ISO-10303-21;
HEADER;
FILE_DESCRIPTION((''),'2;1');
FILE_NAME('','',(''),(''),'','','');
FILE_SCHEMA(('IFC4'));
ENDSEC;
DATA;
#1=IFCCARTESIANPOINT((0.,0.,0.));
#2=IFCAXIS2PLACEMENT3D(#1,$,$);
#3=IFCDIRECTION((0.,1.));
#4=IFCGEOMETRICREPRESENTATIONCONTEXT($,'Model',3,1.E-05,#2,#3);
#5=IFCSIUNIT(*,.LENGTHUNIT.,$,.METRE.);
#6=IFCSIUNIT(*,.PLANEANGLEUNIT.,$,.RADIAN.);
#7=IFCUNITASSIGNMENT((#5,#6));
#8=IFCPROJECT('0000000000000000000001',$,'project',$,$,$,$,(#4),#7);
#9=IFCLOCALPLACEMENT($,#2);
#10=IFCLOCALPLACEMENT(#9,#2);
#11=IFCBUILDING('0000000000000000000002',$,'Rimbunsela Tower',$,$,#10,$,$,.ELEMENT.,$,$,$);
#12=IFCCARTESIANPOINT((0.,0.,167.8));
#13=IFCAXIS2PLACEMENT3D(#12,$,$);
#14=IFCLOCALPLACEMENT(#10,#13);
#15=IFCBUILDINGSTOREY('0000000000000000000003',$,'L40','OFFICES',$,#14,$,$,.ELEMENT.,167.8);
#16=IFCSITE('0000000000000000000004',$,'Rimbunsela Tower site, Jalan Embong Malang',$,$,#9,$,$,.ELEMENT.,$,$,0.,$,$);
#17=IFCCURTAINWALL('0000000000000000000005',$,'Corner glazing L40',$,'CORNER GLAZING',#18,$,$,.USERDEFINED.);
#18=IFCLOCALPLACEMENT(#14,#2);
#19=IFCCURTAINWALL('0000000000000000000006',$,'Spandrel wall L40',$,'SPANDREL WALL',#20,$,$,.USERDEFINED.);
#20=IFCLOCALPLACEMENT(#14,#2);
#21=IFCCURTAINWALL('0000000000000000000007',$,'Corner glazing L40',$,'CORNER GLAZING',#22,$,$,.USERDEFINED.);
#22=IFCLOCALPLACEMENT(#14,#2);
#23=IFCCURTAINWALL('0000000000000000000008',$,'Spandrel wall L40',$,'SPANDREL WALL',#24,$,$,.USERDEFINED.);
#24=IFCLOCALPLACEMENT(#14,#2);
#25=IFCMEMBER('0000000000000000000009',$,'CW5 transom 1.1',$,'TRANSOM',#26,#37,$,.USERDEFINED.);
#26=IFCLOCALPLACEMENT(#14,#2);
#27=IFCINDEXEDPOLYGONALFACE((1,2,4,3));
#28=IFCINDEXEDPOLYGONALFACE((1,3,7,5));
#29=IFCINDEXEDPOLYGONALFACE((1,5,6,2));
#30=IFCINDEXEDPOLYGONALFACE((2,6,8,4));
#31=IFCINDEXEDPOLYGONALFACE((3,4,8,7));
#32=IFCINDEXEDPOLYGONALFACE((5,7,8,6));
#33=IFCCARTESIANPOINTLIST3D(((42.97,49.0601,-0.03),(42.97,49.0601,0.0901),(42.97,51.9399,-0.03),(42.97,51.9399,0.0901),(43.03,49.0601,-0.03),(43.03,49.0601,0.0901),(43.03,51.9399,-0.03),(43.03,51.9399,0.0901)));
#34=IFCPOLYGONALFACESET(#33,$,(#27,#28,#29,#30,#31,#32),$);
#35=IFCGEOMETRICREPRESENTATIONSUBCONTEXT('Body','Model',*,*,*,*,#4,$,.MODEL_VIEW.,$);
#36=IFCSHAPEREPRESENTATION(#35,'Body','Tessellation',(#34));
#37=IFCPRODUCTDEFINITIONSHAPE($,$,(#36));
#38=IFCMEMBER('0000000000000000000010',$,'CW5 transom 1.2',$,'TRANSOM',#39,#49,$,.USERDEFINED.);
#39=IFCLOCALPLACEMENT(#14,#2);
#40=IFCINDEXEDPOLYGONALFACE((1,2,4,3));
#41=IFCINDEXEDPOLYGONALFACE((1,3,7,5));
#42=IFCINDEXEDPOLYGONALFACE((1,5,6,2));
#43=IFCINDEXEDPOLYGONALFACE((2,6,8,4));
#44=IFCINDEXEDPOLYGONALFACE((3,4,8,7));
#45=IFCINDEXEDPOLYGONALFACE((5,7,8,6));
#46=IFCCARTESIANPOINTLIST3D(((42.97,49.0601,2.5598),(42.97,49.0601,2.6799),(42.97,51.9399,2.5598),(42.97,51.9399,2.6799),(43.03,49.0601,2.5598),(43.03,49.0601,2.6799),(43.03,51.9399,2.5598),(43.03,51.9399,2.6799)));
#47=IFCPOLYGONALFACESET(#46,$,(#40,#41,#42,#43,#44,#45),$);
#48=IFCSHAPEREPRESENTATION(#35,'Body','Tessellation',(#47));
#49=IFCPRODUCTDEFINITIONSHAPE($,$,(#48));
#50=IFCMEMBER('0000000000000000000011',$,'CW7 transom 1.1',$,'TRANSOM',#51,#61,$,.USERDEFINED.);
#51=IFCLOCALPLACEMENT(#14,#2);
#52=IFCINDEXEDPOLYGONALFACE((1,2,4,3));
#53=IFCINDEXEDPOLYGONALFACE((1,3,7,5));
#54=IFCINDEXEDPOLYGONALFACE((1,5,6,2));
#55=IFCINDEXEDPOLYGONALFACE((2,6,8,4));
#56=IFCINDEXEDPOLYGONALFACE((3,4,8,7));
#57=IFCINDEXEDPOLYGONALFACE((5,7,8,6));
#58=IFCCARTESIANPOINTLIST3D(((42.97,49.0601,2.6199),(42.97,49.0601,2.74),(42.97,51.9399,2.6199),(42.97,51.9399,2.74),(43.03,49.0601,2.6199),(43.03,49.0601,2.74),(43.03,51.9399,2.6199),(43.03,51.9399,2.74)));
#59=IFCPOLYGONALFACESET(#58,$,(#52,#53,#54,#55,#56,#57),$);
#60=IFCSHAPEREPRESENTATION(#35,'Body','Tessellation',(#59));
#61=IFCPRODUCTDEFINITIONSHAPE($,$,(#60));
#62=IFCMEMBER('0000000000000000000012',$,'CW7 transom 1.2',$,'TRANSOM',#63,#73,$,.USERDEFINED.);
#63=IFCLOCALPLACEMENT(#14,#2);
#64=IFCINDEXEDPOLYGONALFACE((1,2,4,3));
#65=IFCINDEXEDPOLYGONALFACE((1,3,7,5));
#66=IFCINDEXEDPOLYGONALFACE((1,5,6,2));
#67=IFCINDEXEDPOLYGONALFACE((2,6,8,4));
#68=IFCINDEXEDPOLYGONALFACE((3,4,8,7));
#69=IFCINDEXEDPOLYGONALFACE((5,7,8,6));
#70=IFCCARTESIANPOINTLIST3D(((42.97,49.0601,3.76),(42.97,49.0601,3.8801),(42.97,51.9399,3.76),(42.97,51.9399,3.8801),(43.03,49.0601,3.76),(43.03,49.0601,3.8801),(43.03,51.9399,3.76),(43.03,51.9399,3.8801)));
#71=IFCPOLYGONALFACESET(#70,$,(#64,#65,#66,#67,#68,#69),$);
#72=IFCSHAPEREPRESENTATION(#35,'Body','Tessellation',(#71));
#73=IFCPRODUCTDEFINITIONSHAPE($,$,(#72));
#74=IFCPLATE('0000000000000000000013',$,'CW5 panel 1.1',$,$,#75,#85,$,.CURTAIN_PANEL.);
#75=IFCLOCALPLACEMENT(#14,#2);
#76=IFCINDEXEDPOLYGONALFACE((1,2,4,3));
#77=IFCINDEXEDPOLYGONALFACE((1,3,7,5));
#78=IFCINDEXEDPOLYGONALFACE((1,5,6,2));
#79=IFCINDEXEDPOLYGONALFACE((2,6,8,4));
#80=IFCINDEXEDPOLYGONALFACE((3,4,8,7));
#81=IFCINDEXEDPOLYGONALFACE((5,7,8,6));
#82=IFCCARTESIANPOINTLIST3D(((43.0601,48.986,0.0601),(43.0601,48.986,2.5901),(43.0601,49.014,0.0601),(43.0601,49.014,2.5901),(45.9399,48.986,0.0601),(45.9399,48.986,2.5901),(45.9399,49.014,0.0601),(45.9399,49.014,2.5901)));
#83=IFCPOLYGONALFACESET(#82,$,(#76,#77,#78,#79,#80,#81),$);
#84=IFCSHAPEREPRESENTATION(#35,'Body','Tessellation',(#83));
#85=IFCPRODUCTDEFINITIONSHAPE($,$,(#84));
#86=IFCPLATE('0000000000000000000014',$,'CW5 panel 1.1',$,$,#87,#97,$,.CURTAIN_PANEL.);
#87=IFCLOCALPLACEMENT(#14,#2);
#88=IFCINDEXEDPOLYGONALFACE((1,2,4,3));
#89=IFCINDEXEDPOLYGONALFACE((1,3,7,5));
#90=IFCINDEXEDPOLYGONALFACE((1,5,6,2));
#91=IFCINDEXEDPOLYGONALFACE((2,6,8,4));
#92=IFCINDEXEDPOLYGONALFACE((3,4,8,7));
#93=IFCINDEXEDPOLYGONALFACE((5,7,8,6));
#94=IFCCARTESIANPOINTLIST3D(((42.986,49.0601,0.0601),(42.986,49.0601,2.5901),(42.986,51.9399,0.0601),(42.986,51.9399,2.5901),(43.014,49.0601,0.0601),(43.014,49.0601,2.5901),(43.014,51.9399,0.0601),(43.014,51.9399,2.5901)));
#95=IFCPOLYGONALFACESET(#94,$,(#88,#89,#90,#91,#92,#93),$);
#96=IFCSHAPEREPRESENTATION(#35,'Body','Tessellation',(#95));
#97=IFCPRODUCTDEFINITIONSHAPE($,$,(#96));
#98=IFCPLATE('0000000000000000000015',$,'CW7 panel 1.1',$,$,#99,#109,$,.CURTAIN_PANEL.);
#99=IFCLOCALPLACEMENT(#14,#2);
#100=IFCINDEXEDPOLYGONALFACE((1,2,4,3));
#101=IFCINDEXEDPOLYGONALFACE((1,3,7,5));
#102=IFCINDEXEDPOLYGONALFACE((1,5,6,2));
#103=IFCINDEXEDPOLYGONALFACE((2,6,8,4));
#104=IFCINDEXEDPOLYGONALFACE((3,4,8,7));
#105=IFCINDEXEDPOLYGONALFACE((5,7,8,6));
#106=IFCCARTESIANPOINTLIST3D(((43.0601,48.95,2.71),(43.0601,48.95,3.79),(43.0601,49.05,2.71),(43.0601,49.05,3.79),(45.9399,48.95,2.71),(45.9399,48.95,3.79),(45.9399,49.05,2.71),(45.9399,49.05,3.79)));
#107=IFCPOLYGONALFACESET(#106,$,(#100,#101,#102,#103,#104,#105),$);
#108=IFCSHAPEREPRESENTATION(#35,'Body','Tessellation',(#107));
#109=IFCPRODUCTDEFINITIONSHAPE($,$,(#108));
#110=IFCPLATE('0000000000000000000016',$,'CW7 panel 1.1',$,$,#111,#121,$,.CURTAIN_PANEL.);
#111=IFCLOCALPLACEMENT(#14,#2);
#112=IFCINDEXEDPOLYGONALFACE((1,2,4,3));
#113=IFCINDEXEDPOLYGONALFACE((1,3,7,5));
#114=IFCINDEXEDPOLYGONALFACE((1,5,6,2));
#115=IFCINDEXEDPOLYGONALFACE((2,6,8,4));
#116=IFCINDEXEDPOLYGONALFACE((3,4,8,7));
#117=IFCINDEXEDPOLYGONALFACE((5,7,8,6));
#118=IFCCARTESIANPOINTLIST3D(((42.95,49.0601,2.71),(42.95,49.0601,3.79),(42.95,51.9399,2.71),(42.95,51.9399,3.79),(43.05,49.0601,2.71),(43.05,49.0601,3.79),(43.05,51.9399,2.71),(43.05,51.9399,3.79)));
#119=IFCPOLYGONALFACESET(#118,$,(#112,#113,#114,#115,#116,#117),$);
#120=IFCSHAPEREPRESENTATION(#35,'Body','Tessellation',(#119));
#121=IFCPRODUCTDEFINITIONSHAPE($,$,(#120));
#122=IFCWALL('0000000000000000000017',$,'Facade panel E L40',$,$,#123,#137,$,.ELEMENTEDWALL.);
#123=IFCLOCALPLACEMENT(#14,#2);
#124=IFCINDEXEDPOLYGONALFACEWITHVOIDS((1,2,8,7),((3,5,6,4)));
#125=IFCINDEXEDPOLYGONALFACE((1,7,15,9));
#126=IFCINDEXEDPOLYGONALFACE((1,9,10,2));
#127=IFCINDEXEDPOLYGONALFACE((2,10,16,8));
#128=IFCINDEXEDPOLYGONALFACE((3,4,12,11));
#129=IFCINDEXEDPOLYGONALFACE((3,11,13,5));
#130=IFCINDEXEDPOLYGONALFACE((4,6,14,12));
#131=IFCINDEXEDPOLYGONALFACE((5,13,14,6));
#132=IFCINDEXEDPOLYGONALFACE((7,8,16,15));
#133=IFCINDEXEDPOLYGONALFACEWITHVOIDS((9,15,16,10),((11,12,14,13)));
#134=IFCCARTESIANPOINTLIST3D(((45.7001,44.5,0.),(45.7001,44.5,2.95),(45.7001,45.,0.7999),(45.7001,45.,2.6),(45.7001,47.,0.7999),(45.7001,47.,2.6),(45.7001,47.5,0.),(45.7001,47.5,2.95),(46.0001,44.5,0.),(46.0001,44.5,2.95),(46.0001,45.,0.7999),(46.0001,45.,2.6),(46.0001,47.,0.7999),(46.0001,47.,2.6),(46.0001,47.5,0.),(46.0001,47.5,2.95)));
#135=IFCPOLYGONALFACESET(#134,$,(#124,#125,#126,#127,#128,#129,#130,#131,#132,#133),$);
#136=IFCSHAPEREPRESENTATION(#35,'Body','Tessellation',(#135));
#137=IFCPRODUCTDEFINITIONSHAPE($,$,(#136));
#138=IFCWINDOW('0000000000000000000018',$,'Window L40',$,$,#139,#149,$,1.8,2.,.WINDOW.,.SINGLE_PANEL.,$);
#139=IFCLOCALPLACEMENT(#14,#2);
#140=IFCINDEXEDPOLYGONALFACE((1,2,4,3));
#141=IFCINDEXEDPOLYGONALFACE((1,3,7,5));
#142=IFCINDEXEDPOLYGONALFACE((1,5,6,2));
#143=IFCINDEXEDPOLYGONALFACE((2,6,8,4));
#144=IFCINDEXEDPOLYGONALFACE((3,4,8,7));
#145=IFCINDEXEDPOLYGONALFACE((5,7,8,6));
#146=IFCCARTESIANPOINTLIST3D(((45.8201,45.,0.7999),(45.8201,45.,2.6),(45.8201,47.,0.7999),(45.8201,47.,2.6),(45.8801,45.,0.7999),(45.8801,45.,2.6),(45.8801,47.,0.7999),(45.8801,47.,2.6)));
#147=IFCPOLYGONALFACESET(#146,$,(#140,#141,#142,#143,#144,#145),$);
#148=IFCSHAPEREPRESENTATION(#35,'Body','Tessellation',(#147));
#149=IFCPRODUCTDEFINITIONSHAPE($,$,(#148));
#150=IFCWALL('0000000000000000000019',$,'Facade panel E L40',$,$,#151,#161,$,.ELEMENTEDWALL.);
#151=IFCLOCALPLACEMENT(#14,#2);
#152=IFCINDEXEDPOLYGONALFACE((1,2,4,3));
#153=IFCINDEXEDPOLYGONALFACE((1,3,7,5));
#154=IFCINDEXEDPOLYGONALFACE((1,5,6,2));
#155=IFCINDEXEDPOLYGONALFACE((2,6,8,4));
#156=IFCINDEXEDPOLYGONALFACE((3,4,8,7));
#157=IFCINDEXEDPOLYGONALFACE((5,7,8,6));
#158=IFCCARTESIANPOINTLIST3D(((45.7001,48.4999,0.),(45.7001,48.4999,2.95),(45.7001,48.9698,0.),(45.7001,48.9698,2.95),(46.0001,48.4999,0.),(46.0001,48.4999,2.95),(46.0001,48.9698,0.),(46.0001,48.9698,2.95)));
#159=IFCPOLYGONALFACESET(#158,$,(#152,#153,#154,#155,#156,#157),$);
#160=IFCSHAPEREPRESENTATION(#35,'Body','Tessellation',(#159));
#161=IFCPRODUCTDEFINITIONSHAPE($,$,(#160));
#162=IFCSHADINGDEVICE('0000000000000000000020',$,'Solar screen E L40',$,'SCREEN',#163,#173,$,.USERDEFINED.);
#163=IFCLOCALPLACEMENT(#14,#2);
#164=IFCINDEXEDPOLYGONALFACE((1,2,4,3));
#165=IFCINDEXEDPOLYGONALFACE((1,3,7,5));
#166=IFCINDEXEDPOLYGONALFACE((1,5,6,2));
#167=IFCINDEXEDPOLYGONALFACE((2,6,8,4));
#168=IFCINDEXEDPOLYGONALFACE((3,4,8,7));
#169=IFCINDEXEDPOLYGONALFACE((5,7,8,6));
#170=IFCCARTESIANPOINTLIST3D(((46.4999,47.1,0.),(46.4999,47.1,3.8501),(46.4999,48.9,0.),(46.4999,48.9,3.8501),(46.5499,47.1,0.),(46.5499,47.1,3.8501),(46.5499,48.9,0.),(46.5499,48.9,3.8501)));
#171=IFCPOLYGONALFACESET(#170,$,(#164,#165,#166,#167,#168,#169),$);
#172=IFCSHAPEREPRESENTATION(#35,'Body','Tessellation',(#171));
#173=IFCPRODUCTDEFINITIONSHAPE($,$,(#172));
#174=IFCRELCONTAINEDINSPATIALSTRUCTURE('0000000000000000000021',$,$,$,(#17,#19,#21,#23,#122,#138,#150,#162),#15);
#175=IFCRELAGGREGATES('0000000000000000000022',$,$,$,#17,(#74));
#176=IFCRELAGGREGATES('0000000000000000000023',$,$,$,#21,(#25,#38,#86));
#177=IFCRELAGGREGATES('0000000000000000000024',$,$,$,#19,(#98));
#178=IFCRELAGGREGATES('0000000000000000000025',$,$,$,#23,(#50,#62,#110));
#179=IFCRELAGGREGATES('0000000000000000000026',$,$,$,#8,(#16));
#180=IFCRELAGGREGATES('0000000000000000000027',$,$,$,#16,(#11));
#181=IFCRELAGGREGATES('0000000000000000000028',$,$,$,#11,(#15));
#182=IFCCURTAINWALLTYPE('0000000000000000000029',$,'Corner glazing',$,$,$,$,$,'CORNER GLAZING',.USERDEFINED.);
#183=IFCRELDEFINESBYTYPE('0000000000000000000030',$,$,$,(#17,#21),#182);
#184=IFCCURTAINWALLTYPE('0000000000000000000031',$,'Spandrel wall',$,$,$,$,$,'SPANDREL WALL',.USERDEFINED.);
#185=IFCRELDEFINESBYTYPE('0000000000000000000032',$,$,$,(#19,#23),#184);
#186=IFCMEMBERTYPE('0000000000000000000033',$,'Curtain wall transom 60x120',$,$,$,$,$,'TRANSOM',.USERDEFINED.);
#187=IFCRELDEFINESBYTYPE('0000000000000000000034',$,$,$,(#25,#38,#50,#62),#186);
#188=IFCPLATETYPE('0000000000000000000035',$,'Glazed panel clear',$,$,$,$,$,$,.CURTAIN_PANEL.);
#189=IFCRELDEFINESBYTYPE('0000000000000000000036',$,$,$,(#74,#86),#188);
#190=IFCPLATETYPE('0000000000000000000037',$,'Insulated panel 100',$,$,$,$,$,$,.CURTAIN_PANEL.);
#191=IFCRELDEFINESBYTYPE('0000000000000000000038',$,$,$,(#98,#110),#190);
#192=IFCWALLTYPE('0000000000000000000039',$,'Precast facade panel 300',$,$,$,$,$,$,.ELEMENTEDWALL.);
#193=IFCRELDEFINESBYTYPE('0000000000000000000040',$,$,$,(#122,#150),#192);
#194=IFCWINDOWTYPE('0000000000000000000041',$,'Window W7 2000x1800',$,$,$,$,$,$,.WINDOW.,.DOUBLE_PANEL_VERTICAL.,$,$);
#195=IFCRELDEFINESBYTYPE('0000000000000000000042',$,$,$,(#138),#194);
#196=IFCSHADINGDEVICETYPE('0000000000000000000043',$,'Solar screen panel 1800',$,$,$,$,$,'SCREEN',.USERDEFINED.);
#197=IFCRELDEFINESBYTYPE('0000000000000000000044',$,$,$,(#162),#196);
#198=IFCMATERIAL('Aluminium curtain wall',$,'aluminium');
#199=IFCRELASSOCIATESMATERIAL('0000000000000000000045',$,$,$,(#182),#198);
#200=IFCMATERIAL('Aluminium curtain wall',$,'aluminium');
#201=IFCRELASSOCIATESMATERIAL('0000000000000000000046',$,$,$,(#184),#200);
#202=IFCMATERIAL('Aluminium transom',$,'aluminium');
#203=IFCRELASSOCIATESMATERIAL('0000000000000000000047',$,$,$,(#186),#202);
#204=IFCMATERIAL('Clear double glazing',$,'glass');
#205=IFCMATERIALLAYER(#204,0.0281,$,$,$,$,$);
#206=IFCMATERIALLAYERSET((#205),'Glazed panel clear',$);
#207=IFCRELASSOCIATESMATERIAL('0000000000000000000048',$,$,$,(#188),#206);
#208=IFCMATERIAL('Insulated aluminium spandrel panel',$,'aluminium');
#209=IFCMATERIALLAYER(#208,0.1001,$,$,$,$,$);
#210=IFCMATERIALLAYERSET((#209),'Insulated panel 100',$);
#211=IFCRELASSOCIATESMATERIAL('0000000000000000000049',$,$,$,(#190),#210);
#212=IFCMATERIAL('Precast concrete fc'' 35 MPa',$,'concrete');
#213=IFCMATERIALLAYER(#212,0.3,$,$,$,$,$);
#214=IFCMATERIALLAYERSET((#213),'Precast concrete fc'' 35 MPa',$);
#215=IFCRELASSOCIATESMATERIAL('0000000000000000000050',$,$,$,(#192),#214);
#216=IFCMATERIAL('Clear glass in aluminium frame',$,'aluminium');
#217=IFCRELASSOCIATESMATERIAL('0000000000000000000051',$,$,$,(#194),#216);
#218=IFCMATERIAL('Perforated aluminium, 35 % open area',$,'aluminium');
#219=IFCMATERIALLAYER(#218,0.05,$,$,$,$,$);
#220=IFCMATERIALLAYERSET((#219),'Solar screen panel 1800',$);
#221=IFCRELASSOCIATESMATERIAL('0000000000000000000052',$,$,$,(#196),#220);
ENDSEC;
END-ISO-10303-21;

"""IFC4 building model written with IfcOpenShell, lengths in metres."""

from ifc_helpers import new_model, si_unit, direction, frame, frame_2d, origin, origin_2d, place, context, subcontext, project, spatial, rectangle, extrude, material, layer, layer_set, material_profile, profile_set, type_object, element, fill, aggregate, save


model = new_model("IFC4")

# Units and contexts
model_context = context("Model", 3, precision=1e-05, world=origin(), true_north=direction((0.0, 1.0)))
body_context = subcontext(model_context, "Body", "Model", "MODEL_VIEW")
ifc_project = project(units=[si_unit("LENGTHUNIT", "METRE"), si_unit("PLANEANGLEUNIT", "RADIAN")], contexts=[model_context])

# Site, building, storey
site_placement = place(None, origin())
site = spatial("IfcSite", under=ifc_project, at=site_placement, Name="Rimbunsela Tower site, Jalan Embong Malang", CompositionType="ELEMENT", RefElevation=0.0)
building_placement = place(site_placement, origin())
building = spatial("IfcBuilding", under=site, at=building_placement, Name="Rimbunsela Tower", CompositionType="ELEMENT")
storey_placement = place(building_placement, frame((0.0, 0.0, 167.8)))
storey = spatial("IfcBuildingStorey", under=building, at=storey_placement, Name="L40", Description="OFFICES", CompositionType="ELEMENT", Elevation=167.8)

# Curtain walls
ifc_material_1 = material(Name="Aluminium curtain wall", Category="aluminium")
curtain_wall_type_1 = type_object("IfcCurtainWallType", Name="Corner glazing", ElementType="CORNER GLAZING", PredefinedType="USERDEFINED", material=ifc_material_1)
curtain_wall_1_placement = place(storey_placement, origin())
curtain_wall_1 = element("IfcCurtainWall", 1, at=curtain_wall_1_placement, inside=storey, type_object=curtain_wall_type_1, Name="Corner glazing L40", ObjectType="CORNER GLAZING", PredefinedType="USERDEFINED")
ifc_material_2 = material(Name="Aluminium curtain wall", Category="aluminium")
curtain_wall_type_2 = type_object("IfcCurtainWallType", Name="Spandrel wall", ElementType="SPANDREL WALL", PredefinedType="USERDEFINED", material=ifc_material_2)
curtain_wall_2_placement = place(storey_placement, origin())
curtain_wall_2 = element("IfcCurtainWall", 2, at=curtain_wall_2_placement, inside=storey, type_object=curtain_wall_type_2, Name="Spandrel wall L40", ObjectType="SPANDREL WALL", PredefinedType="USERDEFINED")
curtain_wall_3_placement = place(storey_placement, origin())
curtain_wall_3 = element("IfcCurtainWall", 3, at=curtain_wall_3_placement, inside=storey, type_object=curtain_wall_type_1, Name="Corner glazing L40", ObjectType="CORNER GLAZING", PredefinedType="USERDEFINED")
curtain_wall_4_placement = place(storey_placement, origin())
curtain_wall_4 = element("IfcCurtainWall", 4, at=curtain_wall_4_placement, inside=storey, type_object=curtain_wall_type_2, Name="Spandrel wall L40", ObjectType="SPANDREL WALL", PredefinedType="USERDEFINED")

# Members
ifc_material_3 = material(Name="Aluminium transom", Category="aluminium")
ifc_material_profile_1 = material_profile(ifc_material_3, rectangle(XDim=0.0601, YDim=0.1201, at=origin_2d()), Name="Transom 60x120")
ifc_profile_set_1 = profile_set([ifc_material_profile_1], Name="Aluminium transom")
member_type_1 = type_object("IfcMemberType", Name="Curtain wall transom 60x120", ElementType="TRANSOM", PredefinedType="USERDEFINED", material=ifc_profile_set_1)
member_1_placement = place(storey_placement, frame((43.0, 49.0601, 0.03), z_axis=(0.0, 1.0, 0.0), x_axis=(-1.0, 0.0, 0.0)))
member_1 = element("IfcMember", 5, at=member_1_placement, type_object=member_type_1, Name="CW5 transom 1.1", ObjectType="TRANSOM", PredefinedType="USERDEFINED", context=body_context, shape_type="SweptSolid", body=[
    extrude(rectangle(XDim=0.0601, YDim=0.1201, at=origin_2d()), origin(), (0.0, 0.0, 1.0), 2.8799),
])
member_2_placement = place(storey_placement, frame((43.0, 49.0601, 2.6199), z_axis=(0.0, 1.0, 0.0), x_axis=(-1.0, 0.0, 0.0)))
member_2 = element("IfcMember", 6, at=member_2_placement, type_object=member_type_1, Name="CW5 transom 1.2", ObjectType="TRANSOM", PredefinedType="USERDEFINED", context=body_context, shape_type="SweptSolid", body=[
    extrude(rectangle(XDim=0.0601, YDim=0.1201, at=origin_2d()), origin(), (0.0, 0.0, 1.0), 2.8799),
])
member_3_placement = place(storey_placement, frame((43.0, 49.0601, 2.6799), z_axis=(0.0, 1.0, 0.0), x_axis=(-1.0, 0.0, 0.0)))
member_3 = element("IfcMember", 7, at=member_3_placement, type_object=member_type_1, Name="CW7 transom 1.1", ObjectType="TRANSOM", PredefinedType="USERDEFINED", context=body_context, shape_type="SweptSolid", body=[
    extrude(rectangle(XDim=0.0601, YDim=0.1201, at=origin_2d()), origin(), (0.0, 0.0, 1.0), 2.8799),
])
member_4_placement = place(storey_placement, frame((43.0, 49.0601, 3.8201), z_axis=(0.0, 1.0, 0.0), x_axis=(-1.0, 0.0, 0.0)))
member_4 = element("IfcMember", 8, at=member_4_placement, type_object=member_type_1, Name="CW7 transom 1.2", ObjectType="TRANSOM", PredefinedType="USERDEFINED", context=body_context, shape_type="SweptSolid", body=[
    extrude(rectangle(XDim=0.0601, YDim=0.1201, at=origin_2d()), origin(), (0.0, 0.0, 1.0), 2.8799),
])

# Plates
ifc_material_4 = material(Name="Clear double glazing", Category="glass")
ifc_layer_1 = layer(ifc_material_4, 0.0281)
ifc_layer_set_1 = layer_set([ifc_layer_1], Name="Glazed panel clear")
plate_type_1 = type_object("IfcPlateType", Name="Glazed panel clear", PredefinedType="CURTAIN_PANEL", material=ifc_layer_set_1)
plate_1_placement = place(storey_placement, frame((44.5, 49.0, 0.0601), z_axis=(0.0, 0.0, 1.0), x_axis=(-1.0, 0.0, 0.0)))
plate_1 = element("IfcPlate", 9, at=plate_1_placement, type_object=plate_type_1, Name="CW5 panel 1.1", PredefinedType="CURTAIN_PANEL", context=body_context, shape_type="SweptSolid", body=[
    extrude(rectangle(XDim=2.8799, YDim=0.0281, at=origin_2d()), origin(), (0.0, 0.0, 1.0), 2.53),
])
aggregate(curtain_wall_1, [plate_1])
plate_2_placement = place(storey_placement, frame((43.0, 50.5, 0.0601), z_axis=(0.0, 0.0, 1.0), x_axis=(0.0, 1.0, 0.0)))
plate_2 = element("IfcPlate", 10, at=plate_2_placement, type_object=plate_type_1, Name="CW5 panel 1.1", PredefinedType="CURTAIN_PANEL", context=body_context, shape_type="SweptSolid", body=[
    extrude(rectangle(XDim=2.8799, YDim=0.0281, at=origin_2d()), origin(), (0.0, 0.0, 1.0), 2.53),
])
aggregate(curtain_wall_3, [member_1, member_2, plate_2])
ifc_material_5 = material(Name="Insulated aluminium spandrel panel", Category="aluminium")
ifc_layer_2 = layer(ifc_material_5, 0.1001)
ifc_layer_set_2 = layer_set([ifc_layer_2], Name="Insulated panel 100")
plate_type_2 = type_object("IfcPlateType", Name="Insulated panel 100", PredefinedType="CURTAIN_PANEL", material=ifc_layer_set_2)
plate_3_placement = place(storey_placement, frame((44.5, 49.0, 2.71), z_axis=(0.0, 0.0, 1.0), x_axis=(-1.0, 0.0, 0.0)))
plate_3 = element("IfcPlate", 11, at=plate_3_placement, type_object=plate_type_2, Name="CW7 panel 1.1", PredefinedType="CURTAIN_PANEL", context=body_context, shape_type="SweptSolid", body=[
    extrude(rectangle(XDim=2.8799, YDim=0.1001, at=origin_2d()), origin(), (0.0, 0.0, 1.0), 1.0801),
])
aggregate(curtain_wall_2, [plate_3])
plate_4_placement = place(storey_placement, frame((43.0, 50.5, 2.71), z_axis=(0.0, 0.0, 1.0), x_axis=(0.0, 1.0, 0.0)))
plate_4 = element("IfcPlate", 12, at=plate_4_placement, type_object=plate_type_2, Name="CW7 panel 1.1", PredefinedType="CURTAIN_PANEL", context=body_context, shape_type="SweptSolid", body=[
    extrude(rectangle(XDim=2.8799, YDim=0.1001, at=origin_2d()), origin(), (0.0, 0.0, 1.0), 1.0801),
])
aggregate(curtain_wall_4, [member_3, member_4, plate_4])

# Wall, opening, window
ifc_material_6 = material(Name="Precast concrete fc' 35 MPa", Category="concrete")
ifc_layer_3 = layer(ifc_material_6, 0.3)
ifc_layer_set_3 = layer_set([ifc_layer_3], Name="Precast concrete fc' 35 MPa")
wall_type = type_object("IfcWallType", Name="Precast facade panel 300", PredefinedType="ELEMENTEDWALL", material=ifc_layer_set_3)
wall_1_placement = place(storey_placement, frame((45.8501, 44.5, 0.0), z_axis=(0.0, 0.0, 1.0), x_axis=(0.0, 1.0, 0.0)))
wall_1 = element("IfcWall", 13, at=wall_1_placement, inside=storey, type_object=wall_type, Name="Facade panel E L40", PredefinedType="ELEMENTEDWALL", context=body_context, shape_type="SweptSolid", body=[
    extrude(rectangle(XDim=3.0, YDim=0.3, at=frame_2d((1.5, 0.0))), origin(), (0.0, 0.0, 1.0), 2.95),
])
opening_placement = place(wall_1_placement, frame((0.5, 0.0, 0.8)))
opening = element("IfcOpeningElement", 14, at=opening_placement, cuts=wall_1, PredefinedType="OPENING", context=body_context, shape_type="SweptSolid", body=[
    extrude(rectangle(XDim=2.0, YDim=1.8, at=frame_2d((1.0, 0.8999))), frame((0.0, 0.1599, 0.0), z_axis=(0.0, -1.0, 0.0), x_axis=(1.0, 0.0, 0.0)), (0.0, 0.0, 1.0), 0.3201),
])
ifc_material_7 = material(Name="Clear glass in aluminium frame", Category="aluminium")
window_type = type_object("IfcWindowType", Name="Window W7 2000x1800", PartitioningType="DOUBLE_PANEL_VERTICAL", PredefinedType="WINDOW", material=ifc_material_7)
window_placement = place(opening_placement, origin())
window = element("IfcWindow", 15, at=window_placement, inside=storey, type_object=window_type, Name="Window L40", OverallHeight=1.8, OverallWidth=2.0, PartitioningType="SINGLE_PANEL", PredefinedType="WINDOW", context=body_context, shape_type="SweptSolid", body=[
    extrude(rectangle(XDim=2.0, YDim=1.8, at=frame_2d((1.0, 0.8999))), frame((0.0, 0.03, 0.0), z_axis=(0.0, -1.0, 0.0), x_axis=(1.0, 0.0, 0.0)), (0.0, 0.0, 1.0), 0.0601),
])
fill(opening, window)

# Wall
wall_2_placement = place(storey_placement, frame((45.8501, 48.5, 0.0), z_axis=(0.0, 0.0, 1.0), x_axis=(0.0, 1.0, 0.0)))
element("IfcWall", 16, at=wall_2_placement, inside=storey, type_object=wall_type, Name="Facade panel E L40", PredefinedType="ELEMENTEDWALL", context=body_context, shape_type="SweptSolid", body=[
    extrude(rectangle(XDim=0.47, YDim=0.3, at=frame_2d((0.2349, 0.0))), origin(), (0.0, 0.0, 1.0), 2.95),
])

# Shading device
ifc_material_8 = material(Name="Perforated aluminium, 35 % open area", Category="aluminium")
ifc_layer_4 = layer(ifc_material_8, 0.05)
ifc_layer_set_4 = layer_set([ifc_layer_4], Name="Solar screen panel 1800")
shading_device_type = type_object("IfcShadingDeviceType", Name="Solar screen panel 1800", ElementType="SCREEN", PredefinedType="USERDEFINED", material=ifc_layer_set_4)
shading_device_placement = place(storey_placement, frame((46.5249, 48.0, 0.0), z_axis=(0.0, 0.0, 1.0), x_axis=(0.0, 1.0, 0.0)))
element("IfcShadingDevice", 17, at=shading_device_placement, inside=storey, type_object=shading_device_type, Name="Solar screen E L40", ObjectType="SCREEN", PredefinedType="USERDEFINED", context=body_context, shape_type="SweptSolid", body=[
    extrude(rectangle(XDim=1.8, YDim=0.05, at=origin_2d()), origin(), (0.0, 0.0, 1.0), 3.8501),
])

save(model, "model.ifc")
